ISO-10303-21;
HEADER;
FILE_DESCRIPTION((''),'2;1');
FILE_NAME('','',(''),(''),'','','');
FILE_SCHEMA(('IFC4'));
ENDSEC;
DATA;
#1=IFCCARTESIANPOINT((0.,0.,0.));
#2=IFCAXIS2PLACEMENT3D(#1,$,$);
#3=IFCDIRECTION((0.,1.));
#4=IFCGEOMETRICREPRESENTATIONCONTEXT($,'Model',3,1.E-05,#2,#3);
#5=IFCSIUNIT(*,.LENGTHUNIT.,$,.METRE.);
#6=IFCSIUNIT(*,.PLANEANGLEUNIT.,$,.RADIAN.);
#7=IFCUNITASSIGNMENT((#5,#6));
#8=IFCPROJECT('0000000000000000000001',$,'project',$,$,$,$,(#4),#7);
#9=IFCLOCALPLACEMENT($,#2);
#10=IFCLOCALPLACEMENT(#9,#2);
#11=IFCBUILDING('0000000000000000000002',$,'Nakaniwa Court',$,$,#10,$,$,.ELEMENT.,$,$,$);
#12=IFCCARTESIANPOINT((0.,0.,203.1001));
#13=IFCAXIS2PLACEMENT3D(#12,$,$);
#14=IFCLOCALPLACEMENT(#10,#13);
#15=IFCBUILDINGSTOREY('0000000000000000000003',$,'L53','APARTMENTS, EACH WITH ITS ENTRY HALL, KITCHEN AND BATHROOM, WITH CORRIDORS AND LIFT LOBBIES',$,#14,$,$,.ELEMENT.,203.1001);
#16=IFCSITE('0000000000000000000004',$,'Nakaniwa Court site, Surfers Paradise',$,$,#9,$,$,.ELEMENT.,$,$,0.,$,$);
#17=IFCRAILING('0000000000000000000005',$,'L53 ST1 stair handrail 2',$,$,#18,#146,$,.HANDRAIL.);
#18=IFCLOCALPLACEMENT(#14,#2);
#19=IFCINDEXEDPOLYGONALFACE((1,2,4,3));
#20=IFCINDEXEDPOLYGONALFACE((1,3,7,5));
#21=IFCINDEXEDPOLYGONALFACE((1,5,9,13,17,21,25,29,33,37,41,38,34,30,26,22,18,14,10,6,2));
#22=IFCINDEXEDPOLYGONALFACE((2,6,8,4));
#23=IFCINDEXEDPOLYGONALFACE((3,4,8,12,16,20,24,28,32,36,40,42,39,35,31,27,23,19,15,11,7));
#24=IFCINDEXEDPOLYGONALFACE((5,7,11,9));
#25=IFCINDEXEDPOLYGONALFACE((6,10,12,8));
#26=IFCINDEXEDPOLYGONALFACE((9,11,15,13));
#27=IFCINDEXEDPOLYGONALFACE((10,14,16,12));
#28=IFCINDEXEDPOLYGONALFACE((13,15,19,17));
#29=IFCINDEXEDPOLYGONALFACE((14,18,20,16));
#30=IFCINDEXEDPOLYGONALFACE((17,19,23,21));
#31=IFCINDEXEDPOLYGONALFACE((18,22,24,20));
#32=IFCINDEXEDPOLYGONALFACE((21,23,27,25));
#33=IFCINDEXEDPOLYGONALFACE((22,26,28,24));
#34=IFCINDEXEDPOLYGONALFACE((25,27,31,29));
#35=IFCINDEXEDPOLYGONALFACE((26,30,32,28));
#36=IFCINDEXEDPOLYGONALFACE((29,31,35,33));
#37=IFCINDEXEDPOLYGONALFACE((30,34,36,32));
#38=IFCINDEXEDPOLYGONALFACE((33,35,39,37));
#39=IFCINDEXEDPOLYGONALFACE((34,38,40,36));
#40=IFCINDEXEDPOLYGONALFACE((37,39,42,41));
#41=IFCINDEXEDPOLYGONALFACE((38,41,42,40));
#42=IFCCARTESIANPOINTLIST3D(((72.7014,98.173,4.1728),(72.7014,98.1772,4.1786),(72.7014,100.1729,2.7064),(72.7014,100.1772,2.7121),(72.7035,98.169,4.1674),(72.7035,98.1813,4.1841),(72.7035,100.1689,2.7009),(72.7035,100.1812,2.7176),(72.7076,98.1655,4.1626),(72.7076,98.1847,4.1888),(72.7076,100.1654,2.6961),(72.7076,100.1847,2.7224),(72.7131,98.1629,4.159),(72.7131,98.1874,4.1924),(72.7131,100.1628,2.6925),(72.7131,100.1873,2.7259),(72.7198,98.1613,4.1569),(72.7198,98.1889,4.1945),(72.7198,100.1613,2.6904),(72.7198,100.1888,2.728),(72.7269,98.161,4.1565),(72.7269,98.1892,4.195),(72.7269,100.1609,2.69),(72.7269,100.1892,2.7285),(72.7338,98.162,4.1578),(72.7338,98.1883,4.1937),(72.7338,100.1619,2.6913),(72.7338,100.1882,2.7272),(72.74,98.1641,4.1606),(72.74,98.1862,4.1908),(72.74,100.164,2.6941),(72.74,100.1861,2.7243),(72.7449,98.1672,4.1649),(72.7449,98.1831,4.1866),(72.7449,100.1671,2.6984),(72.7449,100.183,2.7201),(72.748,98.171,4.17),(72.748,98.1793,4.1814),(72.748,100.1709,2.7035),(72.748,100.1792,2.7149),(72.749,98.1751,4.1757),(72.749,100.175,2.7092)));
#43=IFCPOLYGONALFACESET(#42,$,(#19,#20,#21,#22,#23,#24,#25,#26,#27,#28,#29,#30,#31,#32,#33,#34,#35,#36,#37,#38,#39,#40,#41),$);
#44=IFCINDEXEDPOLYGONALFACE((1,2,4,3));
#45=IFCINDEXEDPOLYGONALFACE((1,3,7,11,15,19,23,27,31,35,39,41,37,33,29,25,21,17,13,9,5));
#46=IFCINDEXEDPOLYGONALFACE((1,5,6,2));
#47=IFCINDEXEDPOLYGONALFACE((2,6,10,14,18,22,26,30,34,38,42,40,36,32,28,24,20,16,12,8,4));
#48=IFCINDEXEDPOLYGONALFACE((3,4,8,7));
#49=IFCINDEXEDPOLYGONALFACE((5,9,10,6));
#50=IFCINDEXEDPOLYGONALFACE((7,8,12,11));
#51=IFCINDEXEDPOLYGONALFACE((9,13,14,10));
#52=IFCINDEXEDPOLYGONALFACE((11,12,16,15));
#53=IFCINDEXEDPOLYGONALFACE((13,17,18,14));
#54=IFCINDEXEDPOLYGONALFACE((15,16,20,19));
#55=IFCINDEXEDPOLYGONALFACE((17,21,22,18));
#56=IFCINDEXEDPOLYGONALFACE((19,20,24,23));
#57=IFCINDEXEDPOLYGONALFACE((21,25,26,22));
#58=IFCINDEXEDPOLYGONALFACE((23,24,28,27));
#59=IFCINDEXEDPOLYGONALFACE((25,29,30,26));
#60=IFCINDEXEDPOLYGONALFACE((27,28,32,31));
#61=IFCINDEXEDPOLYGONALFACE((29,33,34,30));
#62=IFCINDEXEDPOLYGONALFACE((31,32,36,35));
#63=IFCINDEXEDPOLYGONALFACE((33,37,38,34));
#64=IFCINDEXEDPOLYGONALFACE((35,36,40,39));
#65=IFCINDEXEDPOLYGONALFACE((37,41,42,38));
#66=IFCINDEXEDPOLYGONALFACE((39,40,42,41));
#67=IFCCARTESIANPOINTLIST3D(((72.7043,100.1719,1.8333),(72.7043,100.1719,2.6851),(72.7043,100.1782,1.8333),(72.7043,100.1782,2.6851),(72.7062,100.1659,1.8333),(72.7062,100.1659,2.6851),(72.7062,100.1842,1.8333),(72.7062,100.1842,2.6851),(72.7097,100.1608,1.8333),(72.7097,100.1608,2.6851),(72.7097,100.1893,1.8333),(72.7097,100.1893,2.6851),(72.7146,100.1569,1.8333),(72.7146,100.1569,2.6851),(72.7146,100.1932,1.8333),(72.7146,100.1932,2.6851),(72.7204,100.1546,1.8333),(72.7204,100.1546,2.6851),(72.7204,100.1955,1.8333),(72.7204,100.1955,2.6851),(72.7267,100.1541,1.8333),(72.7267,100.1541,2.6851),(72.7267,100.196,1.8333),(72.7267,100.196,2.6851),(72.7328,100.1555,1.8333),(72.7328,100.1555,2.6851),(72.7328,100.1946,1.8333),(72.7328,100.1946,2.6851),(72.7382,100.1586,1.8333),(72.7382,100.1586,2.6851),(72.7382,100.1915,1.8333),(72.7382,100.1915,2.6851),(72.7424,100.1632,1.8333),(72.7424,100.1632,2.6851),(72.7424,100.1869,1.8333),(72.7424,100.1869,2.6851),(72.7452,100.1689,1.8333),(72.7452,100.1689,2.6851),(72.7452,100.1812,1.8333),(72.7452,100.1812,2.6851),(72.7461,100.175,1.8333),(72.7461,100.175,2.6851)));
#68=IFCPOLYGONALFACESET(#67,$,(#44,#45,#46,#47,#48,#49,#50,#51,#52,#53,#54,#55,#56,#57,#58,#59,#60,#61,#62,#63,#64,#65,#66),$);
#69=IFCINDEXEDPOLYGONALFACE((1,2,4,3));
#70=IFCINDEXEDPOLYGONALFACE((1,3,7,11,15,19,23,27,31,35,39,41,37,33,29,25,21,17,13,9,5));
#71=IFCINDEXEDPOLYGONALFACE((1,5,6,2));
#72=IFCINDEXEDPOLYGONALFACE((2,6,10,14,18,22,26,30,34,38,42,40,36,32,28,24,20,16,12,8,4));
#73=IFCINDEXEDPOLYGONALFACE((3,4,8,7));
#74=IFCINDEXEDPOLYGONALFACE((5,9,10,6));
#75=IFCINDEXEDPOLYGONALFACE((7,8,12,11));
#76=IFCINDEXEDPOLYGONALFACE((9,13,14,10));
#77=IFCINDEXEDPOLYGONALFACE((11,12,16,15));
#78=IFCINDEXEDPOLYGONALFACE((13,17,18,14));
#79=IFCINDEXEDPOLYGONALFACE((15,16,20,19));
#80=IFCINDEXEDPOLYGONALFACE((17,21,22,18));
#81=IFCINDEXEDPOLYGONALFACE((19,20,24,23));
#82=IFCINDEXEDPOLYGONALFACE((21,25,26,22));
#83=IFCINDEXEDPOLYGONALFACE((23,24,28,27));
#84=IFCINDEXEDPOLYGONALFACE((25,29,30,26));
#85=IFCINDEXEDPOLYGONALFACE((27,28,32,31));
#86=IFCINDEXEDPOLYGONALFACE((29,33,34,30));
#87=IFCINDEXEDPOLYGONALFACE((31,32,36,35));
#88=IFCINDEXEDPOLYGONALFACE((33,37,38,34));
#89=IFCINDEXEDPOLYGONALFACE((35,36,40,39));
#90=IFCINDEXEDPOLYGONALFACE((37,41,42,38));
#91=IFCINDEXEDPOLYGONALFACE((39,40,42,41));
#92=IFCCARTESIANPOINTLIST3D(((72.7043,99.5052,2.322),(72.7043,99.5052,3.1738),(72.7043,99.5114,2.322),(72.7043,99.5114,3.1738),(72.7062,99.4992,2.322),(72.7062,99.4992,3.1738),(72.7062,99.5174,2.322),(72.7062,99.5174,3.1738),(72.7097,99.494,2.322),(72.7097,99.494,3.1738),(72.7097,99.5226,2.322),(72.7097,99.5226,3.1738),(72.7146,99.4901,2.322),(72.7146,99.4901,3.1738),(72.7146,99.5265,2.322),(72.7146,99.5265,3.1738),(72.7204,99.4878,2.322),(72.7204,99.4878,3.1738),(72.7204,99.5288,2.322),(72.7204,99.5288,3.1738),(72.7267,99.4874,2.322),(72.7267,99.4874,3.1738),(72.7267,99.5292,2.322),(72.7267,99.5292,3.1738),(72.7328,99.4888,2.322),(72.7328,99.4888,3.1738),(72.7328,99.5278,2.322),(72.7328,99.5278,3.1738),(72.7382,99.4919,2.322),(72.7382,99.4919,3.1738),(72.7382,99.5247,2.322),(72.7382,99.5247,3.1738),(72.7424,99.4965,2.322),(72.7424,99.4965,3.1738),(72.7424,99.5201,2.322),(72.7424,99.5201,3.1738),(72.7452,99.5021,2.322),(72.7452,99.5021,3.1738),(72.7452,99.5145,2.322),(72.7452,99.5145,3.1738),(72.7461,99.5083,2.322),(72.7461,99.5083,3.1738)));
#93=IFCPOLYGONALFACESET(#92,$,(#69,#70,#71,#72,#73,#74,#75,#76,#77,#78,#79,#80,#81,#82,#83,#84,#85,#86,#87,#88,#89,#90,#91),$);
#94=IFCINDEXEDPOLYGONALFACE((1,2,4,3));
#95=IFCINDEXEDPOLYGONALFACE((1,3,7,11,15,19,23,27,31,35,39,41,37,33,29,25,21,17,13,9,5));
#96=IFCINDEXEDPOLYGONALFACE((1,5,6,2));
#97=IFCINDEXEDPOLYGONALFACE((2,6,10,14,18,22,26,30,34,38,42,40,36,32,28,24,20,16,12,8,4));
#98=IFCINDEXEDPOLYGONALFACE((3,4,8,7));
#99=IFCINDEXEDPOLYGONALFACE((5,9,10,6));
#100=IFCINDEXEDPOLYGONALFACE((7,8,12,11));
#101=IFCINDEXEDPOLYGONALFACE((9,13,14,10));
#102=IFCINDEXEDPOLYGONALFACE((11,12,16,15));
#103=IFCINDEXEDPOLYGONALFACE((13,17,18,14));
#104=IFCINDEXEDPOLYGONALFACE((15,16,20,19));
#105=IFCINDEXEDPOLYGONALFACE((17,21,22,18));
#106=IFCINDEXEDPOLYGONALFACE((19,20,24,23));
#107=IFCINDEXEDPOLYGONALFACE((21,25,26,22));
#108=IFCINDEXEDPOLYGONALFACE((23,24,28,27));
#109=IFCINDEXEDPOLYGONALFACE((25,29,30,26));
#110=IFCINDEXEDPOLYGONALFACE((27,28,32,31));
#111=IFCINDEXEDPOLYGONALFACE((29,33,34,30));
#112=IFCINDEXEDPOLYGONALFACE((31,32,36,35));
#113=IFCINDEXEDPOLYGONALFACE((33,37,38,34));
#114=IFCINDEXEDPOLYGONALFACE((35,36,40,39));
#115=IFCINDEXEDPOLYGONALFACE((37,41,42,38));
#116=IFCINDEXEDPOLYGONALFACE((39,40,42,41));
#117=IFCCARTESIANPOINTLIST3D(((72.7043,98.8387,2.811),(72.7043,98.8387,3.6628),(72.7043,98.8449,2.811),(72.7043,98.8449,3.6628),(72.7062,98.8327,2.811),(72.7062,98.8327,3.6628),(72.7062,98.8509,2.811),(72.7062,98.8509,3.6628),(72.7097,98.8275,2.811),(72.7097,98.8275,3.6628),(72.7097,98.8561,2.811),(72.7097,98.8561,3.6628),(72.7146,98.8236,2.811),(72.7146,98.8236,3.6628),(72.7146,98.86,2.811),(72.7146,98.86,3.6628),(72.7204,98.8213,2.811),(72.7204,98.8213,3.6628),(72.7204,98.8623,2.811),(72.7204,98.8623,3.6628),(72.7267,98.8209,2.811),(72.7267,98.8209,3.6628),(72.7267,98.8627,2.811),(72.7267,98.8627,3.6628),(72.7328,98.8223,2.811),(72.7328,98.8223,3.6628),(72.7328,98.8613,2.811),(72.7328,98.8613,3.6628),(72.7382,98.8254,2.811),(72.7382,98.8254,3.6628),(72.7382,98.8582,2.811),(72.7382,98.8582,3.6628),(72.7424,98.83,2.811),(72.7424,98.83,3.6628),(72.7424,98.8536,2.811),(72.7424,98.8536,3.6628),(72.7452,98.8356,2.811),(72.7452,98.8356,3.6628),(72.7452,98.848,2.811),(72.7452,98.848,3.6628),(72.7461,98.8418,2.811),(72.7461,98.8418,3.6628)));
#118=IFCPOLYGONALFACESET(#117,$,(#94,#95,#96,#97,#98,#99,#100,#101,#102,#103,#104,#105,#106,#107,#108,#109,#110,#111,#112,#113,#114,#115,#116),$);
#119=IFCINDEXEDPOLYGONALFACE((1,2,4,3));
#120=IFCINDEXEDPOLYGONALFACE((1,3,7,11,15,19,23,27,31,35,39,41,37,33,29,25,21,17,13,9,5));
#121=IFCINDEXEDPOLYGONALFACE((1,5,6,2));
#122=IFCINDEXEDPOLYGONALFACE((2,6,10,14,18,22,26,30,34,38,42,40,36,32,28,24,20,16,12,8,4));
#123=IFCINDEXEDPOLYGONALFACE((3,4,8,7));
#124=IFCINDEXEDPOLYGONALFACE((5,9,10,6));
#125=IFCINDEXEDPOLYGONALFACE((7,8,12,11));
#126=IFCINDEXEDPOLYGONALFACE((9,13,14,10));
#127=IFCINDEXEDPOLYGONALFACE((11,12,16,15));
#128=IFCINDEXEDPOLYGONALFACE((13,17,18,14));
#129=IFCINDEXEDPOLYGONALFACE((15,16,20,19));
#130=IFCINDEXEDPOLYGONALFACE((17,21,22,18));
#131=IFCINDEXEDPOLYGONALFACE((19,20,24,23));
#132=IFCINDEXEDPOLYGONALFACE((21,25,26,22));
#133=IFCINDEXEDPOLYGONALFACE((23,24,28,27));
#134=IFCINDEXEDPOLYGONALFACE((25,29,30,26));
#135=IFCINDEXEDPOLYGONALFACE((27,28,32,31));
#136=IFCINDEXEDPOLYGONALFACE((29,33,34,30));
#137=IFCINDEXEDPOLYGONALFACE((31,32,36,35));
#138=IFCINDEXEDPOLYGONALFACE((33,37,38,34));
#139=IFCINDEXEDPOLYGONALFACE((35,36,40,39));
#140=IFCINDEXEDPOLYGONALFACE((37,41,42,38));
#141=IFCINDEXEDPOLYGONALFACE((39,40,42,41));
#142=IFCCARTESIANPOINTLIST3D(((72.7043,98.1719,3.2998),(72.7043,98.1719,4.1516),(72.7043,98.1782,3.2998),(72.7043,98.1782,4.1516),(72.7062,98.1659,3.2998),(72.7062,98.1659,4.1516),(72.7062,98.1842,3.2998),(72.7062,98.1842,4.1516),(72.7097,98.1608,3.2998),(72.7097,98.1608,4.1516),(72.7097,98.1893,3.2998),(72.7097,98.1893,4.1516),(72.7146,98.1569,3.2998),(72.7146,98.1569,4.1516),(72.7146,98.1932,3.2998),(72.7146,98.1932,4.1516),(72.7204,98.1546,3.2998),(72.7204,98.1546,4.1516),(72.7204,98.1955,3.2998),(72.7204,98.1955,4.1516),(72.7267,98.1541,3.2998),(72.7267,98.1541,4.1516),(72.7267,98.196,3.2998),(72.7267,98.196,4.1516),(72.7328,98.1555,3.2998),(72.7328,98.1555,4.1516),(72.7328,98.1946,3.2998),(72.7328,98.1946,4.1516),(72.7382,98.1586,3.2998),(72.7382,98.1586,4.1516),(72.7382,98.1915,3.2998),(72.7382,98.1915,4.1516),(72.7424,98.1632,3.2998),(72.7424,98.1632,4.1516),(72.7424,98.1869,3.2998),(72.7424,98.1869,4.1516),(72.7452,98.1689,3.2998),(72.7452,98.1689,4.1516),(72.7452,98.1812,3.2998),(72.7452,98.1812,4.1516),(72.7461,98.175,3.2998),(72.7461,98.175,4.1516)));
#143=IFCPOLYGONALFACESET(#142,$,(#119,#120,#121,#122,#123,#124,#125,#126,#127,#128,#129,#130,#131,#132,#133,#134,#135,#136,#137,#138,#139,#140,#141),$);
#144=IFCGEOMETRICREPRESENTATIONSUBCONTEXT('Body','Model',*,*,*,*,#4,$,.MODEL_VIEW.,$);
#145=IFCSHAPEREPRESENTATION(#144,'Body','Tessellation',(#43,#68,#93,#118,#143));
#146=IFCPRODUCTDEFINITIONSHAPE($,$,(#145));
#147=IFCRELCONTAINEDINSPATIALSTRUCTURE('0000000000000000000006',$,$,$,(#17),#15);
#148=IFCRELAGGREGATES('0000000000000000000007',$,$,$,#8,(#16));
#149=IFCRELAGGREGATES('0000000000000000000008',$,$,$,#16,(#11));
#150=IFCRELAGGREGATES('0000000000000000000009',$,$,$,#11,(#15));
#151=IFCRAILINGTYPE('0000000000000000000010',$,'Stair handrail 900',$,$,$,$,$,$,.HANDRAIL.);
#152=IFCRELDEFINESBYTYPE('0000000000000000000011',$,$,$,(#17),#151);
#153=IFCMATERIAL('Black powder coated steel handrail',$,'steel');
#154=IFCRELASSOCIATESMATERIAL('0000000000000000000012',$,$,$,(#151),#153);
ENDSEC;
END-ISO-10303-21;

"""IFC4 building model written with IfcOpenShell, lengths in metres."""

from ifc_helpers import new_model, si_unit, direction, frame, origin, origin_2d, place, context, subcontext, project, spatial, circle, extrude, material, type_object, element, save


model = new_model("IFC4")

# Units and contexts
model_context = context("Model", 3, precision=1e-05, world=origin(), true_north=direction((0.0, 1.0)))
body_context = subcontext(model_context, "Body", "Model", "MODEL_VIEW")
ifc_project = project(units=[si_unit("LENGTHUNIT", "METRE"), si_unit("PLANEANGLEUNIT", "RADIAN")], contexts=[model_context])

# Site, building, storey
site_placement = place(None, origin())
site = spatial("IfcSite", under=ifc_project, at=site_placement, Name="Nakaniwa Court site, Surfers Paradise", CompositionType="ELEMENT", RefElevation=0.0)
building_placement = place(site_placement, origin())
building = spatial("IfcBuilding", under=site, at=building_placement, Name="Nakaniwa Court", CompositionType="ELEMENT")
storey_placement = place(building_placement, frame((0.0, 0.0, 203.1001)))
storey = spatial("IfcBuildingStorey", under=building, at=storey_placement, Name="L53", Description="APARTMENTS, EACH WITH ITS ENTRY HALL, KITCHEN AND BATHROOM, WITH CORRIDORS AND LIFT LOBBIES", CompositionType="ELEMENT", Elevation=203.1001)

# Railing
ifc_material_1 = material(Name="Black powder coated steel handrail", Category="steel")
railing_type_1 = type_object("IfcRailingType", Name="Stair handrail 900", PredefinedType="HANDRAIL", material=ifc_material_1)
railing_1_placement = place(storey_placement, frame((72.7251, 100.175, 1.8333)))
element("IfcRailing", 1, at=railing_1_placement, inside=storey, type_object=railing_type_1, Name="L53 ST1 stair handrail 2", PredefinedType="HANDRAIL", context=body_context, shape_type="SweptSolid", body=[
    extrude(circle(Radius=0.0239, at=origin_2d()), frame((0.0, 0.0, 0.876), z_axis=(0.0, -0.806427, 0.591334), x_axis=(1.0, 0.0, 0.0)), (0.0, 0.0, 1.0), 2.48),
    extrude(circle(Radius=0.021, at=origin_2d()), origin(), (0.0, 0.0, 1.0), 0.8518),
    extrude(circle(Radius=0.021, at=origin_2d()), frame((0.0, -0.6667, 0.4888)), (0.0, 0.0, 1.0), 0.8518),
    extrude(circle(Radius=0.021, at=origin_2d()), frame((0.0, -1.3333, 0.9778)), (0.0, 0.0, 1.0), 0.8518),
    extrude(circle(Radius=0.021, at=origin_2d()), frame((0.0, -2.0, 1.4666)), (0.0, 0.0, 1.0), 0.8518),
])

save(model, "model.ifc")
